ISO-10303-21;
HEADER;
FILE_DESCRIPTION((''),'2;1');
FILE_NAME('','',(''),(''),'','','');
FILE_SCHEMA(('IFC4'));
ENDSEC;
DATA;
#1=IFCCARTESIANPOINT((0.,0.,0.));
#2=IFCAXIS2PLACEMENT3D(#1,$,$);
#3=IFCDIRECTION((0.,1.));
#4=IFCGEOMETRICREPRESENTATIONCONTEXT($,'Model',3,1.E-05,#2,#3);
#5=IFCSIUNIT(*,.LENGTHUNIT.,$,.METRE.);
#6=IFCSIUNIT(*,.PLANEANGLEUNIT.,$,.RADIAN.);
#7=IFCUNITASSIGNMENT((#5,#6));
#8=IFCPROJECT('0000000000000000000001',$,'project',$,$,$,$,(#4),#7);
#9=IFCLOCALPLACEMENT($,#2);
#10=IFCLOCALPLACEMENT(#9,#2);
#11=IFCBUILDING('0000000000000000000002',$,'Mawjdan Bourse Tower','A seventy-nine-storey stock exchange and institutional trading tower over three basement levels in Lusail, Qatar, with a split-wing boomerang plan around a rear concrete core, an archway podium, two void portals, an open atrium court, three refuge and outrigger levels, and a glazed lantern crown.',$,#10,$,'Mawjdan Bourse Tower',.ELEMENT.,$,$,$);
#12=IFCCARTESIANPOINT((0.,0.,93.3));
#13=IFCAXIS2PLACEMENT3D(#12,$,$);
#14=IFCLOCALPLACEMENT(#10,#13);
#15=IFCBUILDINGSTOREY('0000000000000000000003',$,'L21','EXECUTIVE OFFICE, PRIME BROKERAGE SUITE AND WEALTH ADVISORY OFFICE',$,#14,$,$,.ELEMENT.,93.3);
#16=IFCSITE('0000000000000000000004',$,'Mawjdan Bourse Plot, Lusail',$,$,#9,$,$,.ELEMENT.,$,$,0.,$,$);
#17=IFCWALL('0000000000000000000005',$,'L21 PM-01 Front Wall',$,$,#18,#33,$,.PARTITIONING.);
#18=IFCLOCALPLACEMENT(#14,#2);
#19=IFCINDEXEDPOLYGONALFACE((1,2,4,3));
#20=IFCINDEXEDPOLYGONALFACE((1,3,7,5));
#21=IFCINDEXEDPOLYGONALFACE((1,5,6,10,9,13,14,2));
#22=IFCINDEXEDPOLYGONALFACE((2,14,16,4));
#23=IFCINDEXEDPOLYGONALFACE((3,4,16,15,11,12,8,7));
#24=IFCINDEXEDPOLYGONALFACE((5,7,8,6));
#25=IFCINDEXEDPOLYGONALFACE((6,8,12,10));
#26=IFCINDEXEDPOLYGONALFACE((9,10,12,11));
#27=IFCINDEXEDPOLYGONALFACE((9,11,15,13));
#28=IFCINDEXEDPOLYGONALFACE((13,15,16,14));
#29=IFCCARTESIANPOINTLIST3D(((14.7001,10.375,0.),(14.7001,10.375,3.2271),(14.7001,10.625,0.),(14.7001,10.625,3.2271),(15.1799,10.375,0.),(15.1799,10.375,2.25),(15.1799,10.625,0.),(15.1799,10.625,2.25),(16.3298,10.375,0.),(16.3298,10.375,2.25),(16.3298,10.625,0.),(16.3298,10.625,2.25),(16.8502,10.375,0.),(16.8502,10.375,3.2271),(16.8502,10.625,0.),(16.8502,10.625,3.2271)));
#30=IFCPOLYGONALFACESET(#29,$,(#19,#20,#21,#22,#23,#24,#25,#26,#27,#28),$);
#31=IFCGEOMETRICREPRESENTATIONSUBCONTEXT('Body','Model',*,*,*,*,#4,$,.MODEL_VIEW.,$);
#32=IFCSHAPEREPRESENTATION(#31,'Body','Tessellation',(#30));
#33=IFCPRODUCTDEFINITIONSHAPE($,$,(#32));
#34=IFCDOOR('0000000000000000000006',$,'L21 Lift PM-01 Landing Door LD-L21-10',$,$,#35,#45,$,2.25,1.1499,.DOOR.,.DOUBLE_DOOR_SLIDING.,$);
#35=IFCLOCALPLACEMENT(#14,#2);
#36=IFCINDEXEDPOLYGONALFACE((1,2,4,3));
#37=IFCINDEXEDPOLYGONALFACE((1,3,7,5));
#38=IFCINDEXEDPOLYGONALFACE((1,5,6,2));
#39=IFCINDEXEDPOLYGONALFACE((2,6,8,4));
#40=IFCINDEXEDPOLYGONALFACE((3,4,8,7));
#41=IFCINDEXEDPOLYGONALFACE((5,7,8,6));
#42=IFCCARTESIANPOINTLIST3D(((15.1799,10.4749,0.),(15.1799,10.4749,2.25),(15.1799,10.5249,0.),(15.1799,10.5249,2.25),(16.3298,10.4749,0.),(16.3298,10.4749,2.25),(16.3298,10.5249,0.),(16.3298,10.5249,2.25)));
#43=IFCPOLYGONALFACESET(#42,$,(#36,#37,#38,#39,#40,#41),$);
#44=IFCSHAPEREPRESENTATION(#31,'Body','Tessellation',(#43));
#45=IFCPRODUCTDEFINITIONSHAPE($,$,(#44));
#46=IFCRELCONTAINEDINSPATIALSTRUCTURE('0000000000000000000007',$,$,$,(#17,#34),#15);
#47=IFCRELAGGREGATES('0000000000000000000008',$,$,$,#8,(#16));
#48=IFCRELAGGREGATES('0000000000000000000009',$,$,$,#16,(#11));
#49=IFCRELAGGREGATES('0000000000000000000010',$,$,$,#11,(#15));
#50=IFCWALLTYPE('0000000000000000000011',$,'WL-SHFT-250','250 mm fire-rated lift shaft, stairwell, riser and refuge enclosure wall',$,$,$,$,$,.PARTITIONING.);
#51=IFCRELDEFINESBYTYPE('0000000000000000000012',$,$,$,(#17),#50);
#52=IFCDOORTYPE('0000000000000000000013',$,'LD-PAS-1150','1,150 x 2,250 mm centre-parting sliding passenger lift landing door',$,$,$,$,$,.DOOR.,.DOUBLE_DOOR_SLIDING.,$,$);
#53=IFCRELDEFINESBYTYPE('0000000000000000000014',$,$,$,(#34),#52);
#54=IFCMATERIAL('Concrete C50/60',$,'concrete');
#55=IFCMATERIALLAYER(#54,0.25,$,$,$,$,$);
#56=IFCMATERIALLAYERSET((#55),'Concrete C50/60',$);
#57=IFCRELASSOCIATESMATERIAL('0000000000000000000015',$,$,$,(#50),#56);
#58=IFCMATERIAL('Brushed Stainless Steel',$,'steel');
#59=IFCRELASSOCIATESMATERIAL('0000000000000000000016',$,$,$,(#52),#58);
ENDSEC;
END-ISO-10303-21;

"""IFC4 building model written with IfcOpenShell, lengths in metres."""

from ifc_helpers import new_model, si_unit, direction, frame, frame_2d, origin, place, context, subcontext, project, spatial, rectangle, extrude, material, layer, layer_set, type_object, element, fill, save


model = new_model("IFC4")

# Units and contexts
model_context = context("Model", 3, precision=1e-05, world=origin(), true_north=direction((0.0, 1.0)))
body_context = subcontext(model_context, "Body", "Model", "MODEL_VIEW")
ifc_project = project(units=[si_unit("LENGTHUNIT", "METRE"), si_unit("PLANEANGLEUNIT", "RADIAN")], contexts=[model_context])

# Site, building, storey
site_placement = place(None, origin())
site = spatial("IfcSite", under=ifc_project, at=site_placement, Name="Mawjdan Bourse Plot, Lusail", CompositionType="ELEMENT", RefElevation=0.0)
building_placement = place(site_placement, origin())
building = spatial("IfcBuilding", under=site, at=building_placement, Name="Mawjdan Bourse Tower", Description="A seventy-nine-storey stock exchange and institutional trading tower over three basement levels in Lusail, Qatar, with a split-wing boomerang plan around a rear concrete core, an archway podium, two void portals, an open atrium court, three refuge and outrigger levels, and a glazed lantern crown.", LongName="Mawjdan Bourse Tower", CompositionType="ELEMENT")
storey_placement = place(building_placement, frame((0.0, 0.0, 93.3)))
storey = spatial("IfcBuildingStorey", under=building, at=storey_placement, Name="L21", Description="EXECUTIVE OFFICE, PRIME BROKERAGE SUITE AND WEALTH ADVISORY OFFICE", CompositionType="ELEMENT", Elevation=93.3)

# Shared definitions
ifc_material_1 = material(Name="Concrete C50/60", Category="concrete")
ifc_layer = layer(ifc_material_1, 0.25)
ifc_layer_set = layer_set([ifc_layer], Name="Concrete C50/60")
wall_type = type_object("IfcWallType", Name="WL-SHFT-250", Description="250 mm fire-rated lift shaft, stairwell, riser and refuge enclosure wall", PredefinedType="PARTITIONING", material=ifc_layer_set)

# Shared definitions
ifc_material_2 = material(Name="Brushed Stainless Steel", Category="steel")

# Wall, opening, door
wall_1_placement = place(storey_placement, frame((14.7, 10.5, 0.0), z_axis=(0.0, 0.0, 1.0), x_axis=(1.0, 0.0, 0.0)))
wall_1 = element("IfcWall", 1, at=wall_1_placement, inside=storey, type_object=wall_type, Name="L21 PM-01 Front Wall", PredefinedType="PARTITIONING", context=body_context, shape_type="SweptSolid", body=[
    extrude(rectangle(XDim=2.1501, YDim=0.25, at=frame_2d((1.0752, 0.0))), origin(), (0.0, 0.0, 1.0), 3.2271),
])
opening_1_placement = place(wall_1_placement, frame((0.48, 0.0, 0.0)))
opening_1 = element("IfcOpeningElement", 2, at=opening_1_placement, cuts=wall_1, PredefinedType="OPENING", context=body_context, shape_type="SweptSolid", body=[
    extrude(rectangle(XDim=1.1499, YDim=2.25, at=frame_2d((0.575, 1.125))), frame((0.0, 0.135, 0.0), z_axis=(0.0, -1.0, 0.0), x_axis=(1.0, 0.0, 0.0)), (0.0, 0.0, 1.0), 0.27),
])
door_type_1 = type_object("IfcDoorType", Name="LD-PAS-1150", Description="1,150 x 2,250 mm centre-parting sliding passenger lift landing door", OperationType="DOUBLE_DOOR_SLIDING", PredefinedType="DOOR", material=ifc_material_2)
door_1_placement = place(opening_1_placement, origin())
door_1 = element("IfcDoor", 3, at=door_1_placement, inside=storey, type_object=door_type_1, Name="L21 Lift PM-01 Landing Door LD-L21-10", OperationType="DOUBLE_DOOR_SLIDING", OverallHeight=2.25, OverallWidth=1.1499, PredefinedType="DOOR", context=body_context, shape_type="SweptSolid", body=[
    extrude(rectangle(XDim=1.1499, YDim=2.25, at=frame_2d((0.575, 1.125))), frame((0.0, 0.0249, 0.0), z_axis=(0.0, -1.0, 0.0), x_axis=(1.0, 0.0, 0.0)), (0.0, 0.0, 1.0), 0.05),
])
fill(opening_1, door_1)

save(model, "model.ifc")
